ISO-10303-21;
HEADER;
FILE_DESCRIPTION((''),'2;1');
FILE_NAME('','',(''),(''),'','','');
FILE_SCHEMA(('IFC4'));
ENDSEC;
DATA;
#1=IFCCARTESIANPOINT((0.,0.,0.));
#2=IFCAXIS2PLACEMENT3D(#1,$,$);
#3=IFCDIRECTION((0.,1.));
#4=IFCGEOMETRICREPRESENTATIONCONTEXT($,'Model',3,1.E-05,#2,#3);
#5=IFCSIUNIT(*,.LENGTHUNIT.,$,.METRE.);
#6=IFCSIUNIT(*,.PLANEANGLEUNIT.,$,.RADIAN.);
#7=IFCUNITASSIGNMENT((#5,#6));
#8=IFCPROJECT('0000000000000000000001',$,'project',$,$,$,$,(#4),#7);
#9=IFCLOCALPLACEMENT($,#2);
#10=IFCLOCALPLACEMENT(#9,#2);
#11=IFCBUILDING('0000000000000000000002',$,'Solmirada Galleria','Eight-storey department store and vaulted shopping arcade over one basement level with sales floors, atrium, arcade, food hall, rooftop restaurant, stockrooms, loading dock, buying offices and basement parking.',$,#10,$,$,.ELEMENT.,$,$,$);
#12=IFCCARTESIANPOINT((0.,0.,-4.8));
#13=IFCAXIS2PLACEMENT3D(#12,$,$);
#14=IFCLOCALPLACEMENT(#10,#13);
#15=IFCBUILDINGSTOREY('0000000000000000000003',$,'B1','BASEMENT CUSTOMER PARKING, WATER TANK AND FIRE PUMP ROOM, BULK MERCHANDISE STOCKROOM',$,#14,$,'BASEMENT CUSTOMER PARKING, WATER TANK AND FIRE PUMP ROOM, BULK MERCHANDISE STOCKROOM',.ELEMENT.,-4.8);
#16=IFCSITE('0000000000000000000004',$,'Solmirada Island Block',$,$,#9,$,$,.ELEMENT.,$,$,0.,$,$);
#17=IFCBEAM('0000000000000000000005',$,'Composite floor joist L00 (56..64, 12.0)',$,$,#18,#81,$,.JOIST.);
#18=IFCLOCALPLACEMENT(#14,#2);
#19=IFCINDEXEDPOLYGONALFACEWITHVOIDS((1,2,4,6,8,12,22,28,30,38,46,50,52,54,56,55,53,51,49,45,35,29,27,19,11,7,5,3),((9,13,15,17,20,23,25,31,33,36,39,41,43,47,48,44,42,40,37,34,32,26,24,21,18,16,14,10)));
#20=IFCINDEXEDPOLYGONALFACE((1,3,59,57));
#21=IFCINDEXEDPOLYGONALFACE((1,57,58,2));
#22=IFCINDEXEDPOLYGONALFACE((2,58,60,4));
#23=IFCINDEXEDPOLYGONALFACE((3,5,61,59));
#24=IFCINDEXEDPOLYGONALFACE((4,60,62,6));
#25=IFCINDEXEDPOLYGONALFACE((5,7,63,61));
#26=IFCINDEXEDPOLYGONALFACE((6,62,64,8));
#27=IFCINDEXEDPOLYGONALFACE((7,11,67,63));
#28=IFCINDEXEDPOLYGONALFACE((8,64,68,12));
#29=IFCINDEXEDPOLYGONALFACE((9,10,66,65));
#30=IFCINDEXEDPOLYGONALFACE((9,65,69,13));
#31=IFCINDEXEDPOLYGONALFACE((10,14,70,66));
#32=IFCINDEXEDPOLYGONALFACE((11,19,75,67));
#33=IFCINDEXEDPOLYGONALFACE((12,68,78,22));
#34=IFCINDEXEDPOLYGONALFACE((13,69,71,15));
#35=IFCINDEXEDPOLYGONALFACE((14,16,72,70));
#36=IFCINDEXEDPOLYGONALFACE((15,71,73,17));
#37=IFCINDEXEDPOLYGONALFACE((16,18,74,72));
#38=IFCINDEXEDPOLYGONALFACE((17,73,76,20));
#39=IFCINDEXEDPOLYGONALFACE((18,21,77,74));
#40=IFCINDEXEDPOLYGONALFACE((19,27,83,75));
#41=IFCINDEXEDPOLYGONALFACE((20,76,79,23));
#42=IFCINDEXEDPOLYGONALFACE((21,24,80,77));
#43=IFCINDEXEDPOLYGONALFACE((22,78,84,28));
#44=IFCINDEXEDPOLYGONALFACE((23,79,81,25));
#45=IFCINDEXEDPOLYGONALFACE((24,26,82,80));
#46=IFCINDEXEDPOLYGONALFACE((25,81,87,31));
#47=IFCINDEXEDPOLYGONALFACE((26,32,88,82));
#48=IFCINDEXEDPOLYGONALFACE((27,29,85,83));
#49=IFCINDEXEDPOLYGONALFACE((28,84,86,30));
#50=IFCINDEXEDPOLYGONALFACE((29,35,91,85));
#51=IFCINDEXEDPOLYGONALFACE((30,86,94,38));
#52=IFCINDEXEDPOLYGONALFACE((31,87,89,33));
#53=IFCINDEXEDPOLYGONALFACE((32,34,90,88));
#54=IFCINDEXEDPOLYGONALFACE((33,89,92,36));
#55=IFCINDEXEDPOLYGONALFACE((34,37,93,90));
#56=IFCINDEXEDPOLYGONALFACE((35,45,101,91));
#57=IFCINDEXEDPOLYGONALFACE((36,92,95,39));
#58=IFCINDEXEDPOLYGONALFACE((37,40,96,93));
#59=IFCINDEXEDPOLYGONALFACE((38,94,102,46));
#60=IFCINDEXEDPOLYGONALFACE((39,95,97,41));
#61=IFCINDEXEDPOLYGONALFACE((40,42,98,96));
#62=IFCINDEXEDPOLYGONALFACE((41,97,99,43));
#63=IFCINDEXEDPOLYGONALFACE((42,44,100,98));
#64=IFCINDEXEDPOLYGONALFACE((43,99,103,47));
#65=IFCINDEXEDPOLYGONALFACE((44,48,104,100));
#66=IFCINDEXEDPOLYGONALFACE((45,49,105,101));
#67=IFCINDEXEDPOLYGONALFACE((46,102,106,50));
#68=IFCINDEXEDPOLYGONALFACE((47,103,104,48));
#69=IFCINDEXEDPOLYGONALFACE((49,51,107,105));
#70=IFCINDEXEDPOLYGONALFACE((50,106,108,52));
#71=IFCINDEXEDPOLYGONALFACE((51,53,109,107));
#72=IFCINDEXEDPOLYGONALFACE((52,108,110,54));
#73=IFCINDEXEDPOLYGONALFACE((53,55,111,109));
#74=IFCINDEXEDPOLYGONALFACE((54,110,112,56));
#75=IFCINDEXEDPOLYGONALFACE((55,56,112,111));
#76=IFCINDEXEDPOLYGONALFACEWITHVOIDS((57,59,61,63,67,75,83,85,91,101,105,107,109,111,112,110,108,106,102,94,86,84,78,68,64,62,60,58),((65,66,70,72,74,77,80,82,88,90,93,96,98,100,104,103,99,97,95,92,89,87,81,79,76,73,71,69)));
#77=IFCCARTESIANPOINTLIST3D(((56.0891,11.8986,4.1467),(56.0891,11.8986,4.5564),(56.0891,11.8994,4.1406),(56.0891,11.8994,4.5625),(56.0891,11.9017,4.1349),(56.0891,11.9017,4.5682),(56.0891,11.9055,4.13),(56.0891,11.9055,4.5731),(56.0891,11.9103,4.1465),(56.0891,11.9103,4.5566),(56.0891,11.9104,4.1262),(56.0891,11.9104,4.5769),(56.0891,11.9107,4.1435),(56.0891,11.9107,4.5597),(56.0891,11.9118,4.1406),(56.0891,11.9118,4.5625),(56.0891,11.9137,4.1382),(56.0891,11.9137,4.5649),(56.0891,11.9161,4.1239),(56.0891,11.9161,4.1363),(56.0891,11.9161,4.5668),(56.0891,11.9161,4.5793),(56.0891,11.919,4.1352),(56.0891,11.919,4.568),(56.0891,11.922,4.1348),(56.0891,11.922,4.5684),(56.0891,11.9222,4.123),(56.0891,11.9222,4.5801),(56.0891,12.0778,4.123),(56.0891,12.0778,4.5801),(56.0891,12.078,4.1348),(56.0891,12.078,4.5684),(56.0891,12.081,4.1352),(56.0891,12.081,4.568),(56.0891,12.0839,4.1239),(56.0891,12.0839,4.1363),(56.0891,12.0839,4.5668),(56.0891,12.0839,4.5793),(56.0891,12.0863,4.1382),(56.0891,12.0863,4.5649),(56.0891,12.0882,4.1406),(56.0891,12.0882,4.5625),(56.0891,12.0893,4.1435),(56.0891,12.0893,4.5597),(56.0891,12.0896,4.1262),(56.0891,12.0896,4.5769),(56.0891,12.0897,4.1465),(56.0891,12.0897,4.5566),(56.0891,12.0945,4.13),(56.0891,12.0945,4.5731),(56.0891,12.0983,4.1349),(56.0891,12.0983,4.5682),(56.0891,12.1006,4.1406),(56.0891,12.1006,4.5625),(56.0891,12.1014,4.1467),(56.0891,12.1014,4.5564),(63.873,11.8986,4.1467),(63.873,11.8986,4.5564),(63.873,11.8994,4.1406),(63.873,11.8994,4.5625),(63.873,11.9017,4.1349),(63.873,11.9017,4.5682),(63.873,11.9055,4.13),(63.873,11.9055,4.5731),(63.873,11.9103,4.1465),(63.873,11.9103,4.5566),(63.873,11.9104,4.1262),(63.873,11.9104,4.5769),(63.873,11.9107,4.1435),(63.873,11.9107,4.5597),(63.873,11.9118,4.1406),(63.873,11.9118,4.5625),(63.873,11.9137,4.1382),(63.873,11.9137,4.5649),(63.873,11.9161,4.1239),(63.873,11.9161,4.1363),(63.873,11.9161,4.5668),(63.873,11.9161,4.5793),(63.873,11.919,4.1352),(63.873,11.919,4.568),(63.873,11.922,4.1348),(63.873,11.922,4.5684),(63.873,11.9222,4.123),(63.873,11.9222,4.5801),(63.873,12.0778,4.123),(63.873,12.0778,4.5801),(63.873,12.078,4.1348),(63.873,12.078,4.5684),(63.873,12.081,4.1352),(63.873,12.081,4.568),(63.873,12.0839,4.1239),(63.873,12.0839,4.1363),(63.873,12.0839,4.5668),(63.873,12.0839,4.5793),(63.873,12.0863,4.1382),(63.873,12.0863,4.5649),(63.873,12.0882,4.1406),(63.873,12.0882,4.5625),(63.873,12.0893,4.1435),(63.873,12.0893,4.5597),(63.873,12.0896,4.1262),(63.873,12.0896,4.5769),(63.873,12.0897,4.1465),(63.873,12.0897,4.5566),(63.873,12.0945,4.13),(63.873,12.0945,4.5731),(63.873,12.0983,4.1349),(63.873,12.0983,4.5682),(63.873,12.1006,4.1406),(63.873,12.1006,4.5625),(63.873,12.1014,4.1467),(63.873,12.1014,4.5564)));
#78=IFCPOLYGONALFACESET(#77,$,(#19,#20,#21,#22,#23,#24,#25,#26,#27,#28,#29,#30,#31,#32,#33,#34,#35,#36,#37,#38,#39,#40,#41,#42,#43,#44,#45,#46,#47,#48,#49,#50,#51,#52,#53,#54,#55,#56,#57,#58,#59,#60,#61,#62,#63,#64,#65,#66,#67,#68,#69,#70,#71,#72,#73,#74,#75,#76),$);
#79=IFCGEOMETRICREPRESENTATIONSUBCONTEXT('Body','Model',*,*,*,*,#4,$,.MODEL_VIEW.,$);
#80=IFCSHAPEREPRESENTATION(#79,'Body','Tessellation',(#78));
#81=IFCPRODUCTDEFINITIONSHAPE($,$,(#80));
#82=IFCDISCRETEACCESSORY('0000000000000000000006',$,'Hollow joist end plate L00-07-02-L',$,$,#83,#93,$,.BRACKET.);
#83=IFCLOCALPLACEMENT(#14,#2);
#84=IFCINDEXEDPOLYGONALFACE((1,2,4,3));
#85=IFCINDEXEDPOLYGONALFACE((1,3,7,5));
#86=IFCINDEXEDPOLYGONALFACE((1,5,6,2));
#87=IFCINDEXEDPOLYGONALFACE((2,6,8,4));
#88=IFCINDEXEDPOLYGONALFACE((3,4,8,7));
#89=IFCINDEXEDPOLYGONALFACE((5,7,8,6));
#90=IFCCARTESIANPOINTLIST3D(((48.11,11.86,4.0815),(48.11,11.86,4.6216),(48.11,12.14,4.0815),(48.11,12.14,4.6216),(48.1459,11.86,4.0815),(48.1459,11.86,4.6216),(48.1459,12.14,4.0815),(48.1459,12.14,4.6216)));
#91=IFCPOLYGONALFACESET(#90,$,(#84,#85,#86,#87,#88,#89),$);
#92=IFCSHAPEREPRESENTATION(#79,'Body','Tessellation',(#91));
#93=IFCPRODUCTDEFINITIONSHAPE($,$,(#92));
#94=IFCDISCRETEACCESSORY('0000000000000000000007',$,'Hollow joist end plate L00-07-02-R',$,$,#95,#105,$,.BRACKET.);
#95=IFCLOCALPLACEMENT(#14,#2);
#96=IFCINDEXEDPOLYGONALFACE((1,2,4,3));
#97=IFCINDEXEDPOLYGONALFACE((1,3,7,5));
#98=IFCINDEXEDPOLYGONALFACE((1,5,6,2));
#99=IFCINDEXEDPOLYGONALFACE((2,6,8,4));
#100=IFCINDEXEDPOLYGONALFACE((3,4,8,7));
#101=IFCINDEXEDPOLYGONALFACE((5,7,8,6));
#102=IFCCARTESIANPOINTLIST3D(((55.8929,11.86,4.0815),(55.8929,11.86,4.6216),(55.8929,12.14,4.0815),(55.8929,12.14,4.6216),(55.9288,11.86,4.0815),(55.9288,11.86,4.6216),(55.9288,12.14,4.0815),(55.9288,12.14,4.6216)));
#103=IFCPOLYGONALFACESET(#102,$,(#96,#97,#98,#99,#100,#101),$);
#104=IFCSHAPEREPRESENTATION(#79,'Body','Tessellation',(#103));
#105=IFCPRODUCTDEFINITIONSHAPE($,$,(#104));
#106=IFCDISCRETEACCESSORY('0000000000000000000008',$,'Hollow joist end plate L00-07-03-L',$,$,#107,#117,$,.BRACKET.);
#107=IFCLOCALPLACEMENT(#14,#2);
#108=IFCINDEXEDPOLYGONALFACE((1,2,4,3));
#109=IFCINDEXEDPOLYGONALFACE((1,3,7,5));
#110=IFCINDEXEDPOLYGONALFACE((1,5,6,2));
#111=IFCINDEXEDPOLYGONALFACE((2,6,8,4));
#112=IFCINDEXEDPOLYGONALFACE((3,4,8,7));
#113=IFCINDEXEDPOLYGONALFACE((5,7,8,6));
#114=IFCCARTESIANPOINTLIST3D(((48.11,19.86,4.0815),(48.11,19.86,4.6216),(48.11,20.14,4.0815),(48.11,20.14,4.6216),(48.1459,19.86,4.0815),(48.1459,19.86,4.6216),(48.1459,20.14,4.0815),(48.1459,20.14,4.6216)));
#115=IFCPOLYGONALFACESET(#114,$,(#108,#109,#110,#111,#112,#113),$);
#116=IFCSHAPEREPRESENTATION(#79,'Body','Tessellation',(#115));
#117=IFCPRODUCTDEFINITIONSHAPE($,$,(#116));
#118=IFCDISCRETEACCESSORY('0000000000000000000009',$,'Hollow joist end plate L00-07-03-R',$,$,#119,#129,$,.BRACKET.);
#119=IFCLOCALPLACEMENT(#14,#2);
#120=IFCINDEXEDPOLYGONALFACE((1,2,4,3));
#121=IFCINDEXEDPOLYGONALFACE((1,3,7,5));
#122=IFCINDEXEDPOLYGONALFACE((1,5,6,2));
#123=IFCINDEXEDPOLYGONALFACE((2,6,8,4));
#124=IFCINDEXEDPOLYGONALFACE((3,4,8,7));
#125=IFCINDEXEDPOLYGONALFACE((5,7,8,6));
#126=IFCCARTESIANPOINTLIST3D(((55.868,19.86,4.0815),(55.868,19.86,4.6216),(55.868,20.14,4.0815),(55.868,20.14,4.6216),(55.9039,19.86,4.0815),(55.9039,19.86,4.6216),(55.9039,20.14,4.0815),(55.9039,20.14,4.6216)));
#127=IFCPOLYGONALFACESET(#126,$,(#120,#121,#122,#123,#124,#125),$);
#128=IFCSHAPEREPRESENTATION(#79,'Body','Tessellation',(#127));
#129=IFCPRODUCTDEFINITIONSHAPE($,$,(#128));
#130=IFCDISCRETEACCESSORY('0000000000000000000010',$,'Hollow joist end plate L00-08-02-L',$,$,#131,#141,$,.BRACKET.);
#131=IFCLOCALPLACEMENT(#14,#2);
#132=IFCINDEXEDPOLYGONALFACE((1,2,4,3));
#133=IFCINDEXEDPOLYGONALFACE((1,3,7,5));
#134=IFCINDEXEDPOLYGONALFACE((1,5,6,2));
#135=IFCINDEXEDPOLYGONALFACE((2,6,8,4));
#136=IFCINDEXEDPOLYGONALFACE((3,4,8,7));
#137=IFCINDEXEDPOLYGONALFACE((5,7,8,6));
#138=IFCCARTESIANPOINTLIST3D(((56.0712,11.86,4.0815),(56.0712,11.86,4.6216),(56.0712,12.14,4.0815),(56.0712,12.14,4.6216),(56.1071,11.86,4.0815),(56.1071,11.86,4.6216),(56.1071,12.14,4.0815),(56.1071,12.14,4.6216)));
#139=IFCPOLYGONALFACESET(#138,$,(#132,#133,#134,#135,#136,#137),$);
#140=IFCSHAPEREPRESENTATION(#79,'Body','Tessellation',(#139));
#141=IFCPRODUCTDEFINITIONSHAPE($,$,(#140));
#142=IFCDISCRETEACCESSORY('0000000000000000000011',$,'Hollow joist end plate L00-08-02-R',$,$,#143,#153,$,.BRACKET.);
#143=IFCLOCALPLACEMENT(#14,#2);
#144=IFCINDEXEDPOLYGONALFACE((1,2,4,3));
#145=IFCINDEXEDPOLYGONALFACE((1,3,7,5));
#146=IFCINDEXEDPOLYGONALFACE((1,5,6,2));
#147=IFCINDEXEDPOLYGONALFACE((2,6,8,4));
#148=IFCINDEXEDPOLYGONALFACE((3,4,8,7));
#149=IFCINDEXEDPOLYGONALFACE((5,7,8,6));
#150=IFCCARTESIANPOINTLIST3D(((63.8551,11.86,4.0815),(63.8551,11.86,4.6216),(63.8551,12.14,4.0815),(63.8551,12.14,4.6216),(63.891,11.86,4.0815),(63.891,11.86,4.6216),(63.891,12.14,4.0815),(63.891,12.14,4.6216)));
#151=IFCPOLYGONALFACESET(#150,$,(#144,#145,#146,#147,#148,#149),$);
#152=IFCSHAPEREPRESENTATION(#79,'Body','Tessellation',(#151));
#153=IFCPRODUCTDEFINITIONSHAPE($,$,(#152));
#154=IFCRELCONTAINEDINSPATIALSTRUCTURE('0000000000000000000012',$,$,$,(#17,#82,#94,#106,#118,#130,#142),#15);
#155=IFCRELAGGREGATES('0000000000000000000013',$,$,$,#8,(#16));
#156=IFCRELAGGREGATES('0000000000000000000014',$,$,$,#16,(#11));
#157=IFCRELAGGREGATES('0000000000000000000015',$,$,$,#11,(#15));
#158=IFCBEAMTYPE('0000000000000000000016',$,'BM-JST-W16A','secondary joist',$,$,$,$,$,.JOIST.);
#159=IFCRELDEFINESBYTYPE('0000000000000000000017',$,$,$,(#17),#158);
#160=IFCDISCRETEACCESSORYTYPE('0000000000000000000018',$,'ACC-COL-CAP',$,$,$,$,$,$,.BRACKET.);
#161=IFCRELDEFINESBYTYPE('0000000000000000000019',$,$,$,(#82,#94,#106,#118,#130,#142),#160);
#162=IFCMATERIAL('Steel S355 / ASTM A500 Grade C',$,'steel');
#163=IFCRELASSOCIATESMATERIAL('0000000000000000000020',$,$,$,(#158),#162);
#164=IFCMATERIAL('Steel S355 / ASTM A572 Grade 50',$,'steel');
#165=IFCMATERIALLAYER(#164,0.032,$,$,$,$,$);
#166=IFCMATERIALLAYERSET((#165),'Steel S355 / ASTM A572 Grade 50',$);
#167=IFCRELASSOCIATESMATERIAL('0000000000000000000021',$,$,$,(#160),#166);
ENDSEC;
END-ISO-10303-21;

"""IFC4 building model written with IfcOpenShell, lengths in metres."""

from ifc_helpers import new_model, si_unit, direction, frame, origin, origin_2d, place, context, subcontext, project, spatial, rectangle, hollow_rectangle, extrude, material, layer, layer_set, material_profile, profile_set, type_object, element, save


model = new_model("IFC4")

# Units and contexts
model_context = context("Model", 3, precision=1e-05, world=origin(), true_north=direction((0.0, 1.0)))
body_context = subcontext(model_context, "Body", "Model", "MODEL_VIEW")
ifc_project = project(units=[si_unit("LENGTHUNIT", "METRE"), si_unit("PLANEANGLEUNIT", "RADIAN")], contexts=[model_context])

# Site, building, storey
site_placement = place(None, origin())
site = spatial("IfcSite", under=ifc_project, at=site_placement, Name="Solmirada Island Block", CompositionType="ELEMENT", RefElevation=0.0)
building_placement = place(site_placement, origin())
building = spatial("IfcBuilding", under=site, at=building_placement, Name="Solmirada Galleria", Description="Eight-storey department store and vaulted shopping arcade over one basement level with sales floors, atrium, arcade, food hall, rooftop restaurant, stockrooms, loading dock, buying offices and basement parking.", CompositionType="ELEMENT")
storey_placement = place(building_placement, frame((0.0, 0.0, -4.8)))
storey = spatial("IfcBuildingStorey", under=building, at=storey_placement, Name="B1", Description="BASEMENT CUSTOMER PARKING, WATER TANK AND FIRE PUMP ROOM, BULK MERCHANDISE STOCKROOM", LongName="BASEMENT CUSTOMER PARKING, WATER TANK AND FIRE PUMP ROOM, BULK MERCHANDISE STOCKROOM", CompositionType="ELEMENT", Elevation=-4.8)

# Shared definitions
ifc_material_1 = material(Name="Steel S355 / ASTM A500 Grade C", Category="steel")

# Beam
ifc_material_profile_1 = material_profile(ifc_material_1, hollow_rectangle(XDim=0.2029, YDim=0.457, WallThickness=0.0117, InnerFilletRadius=0.0117, OuterFilletRadius=0.0237, at=origin_2d()), Name="HSS18X8X1/2")
ifc_profile_set_1 = profile_set([ifc_material_profile_1], Name="Steel S355 / ASTM A500 Grade C")
beam_type_1 = type_object("IfcBeamType", Name="BM-JST-W16A", Description="secondary joist", PredefinedType="JOIST", material=ifc_profile_set_1)
beam_1_placement = place(storey_placement, frame((56.0891, 12.0, 4.3516), z_axis=(1.0, 0.0, 0.0), x_axis=(0.0, 1.0, 0.0)))
element("IfcBeam", 1, at=beam_1_placement, inside=storey, type_object=beam_type_1, Name="Composite floor joist L00 (56..64, 12.0)", PredefinedType="JOIST", context=body_context, shape_type="SweptSolid", body=[
    extrude(hollow_rectangle(XDim=0.2029, YDim=0.457, WallThickness=0.0117, InnerFilletRadius=0.0117, OuterFilletRadius=0.0237, at=origin_2d()), origin(), (0.0, 0.0, 1.0), 7.7839),
])

# Discrete accessories
ifc_material_2 = material(Name="Steel S355 / ASTM A572 Grade 50", Category="steel")
ifc_layer = layer(ifc_material_2, 0.032)
ifc_layer_set = layer_set([ifc_layer], Name="Steel S355 / ASTM A572 Grade 50")
discrete_accessory_type = type_object("IfcDiscreteAccessoryType", Name="ACC-COL-CAP", PredefinedType="BRACKET", material=ifc_layer_set)
for number, where, z_axis, x_axis, name in (
    (2, (48.1279, 12.0, 4.0815), (0.0, 0.0, 1.0), (1.0, 0.0, 0.0), "Hollow joist end plate L00-07-02-L"),
    (3, (55.9109, 12.0, 4.0815), (0.0, 0.0, 1.0), (1.0, 0.0, 0.0), "Hollow joist end plate L00-07-02-R"),
    (4, (48.1279, 20.0, 4.0815), (0.0, 0.0, 1.0), (1.0, 0.0, 0.0), "Hollow joist end plate L00-07-03-L"),
    (5, (55.886, 20.0, 4.0815), (0.0, 0.0, 1.0), (1.0, 0.0, 0.0), "Hollow joist end plate L00-07-03-R"),
    (6, (56.0891, 12.0, 4.0815), (0.0, 0.0, 1.0), (1.0, 0.0, 0.0), "Hollow joist end plate L00-08-02-L"),
    (7, (63.873, 12.0, 4.0815), (0.0, 0.0, 1.0), (1.0, 0.0, 0.0), "Hollow joist end plate L00-08-02-R"),
):
    element("IfcDiscreteAccessory", number, at=place(storey_placement, frame(where, z_axis=z_axis, x_axis=x_axis)), inside=storey, type_object=discrete_accessory_type, Name=name, PredefinedType="BRACKET", context=body_context, shape_type="SweptSolid", body=[
        extrude(rectangle(XDim=0.0359, YDim=0.28, at=origin_2d()), origin(), (0.0, 0.0, 1.0), 0.54),
    ])

save(model, "model.ifc")
